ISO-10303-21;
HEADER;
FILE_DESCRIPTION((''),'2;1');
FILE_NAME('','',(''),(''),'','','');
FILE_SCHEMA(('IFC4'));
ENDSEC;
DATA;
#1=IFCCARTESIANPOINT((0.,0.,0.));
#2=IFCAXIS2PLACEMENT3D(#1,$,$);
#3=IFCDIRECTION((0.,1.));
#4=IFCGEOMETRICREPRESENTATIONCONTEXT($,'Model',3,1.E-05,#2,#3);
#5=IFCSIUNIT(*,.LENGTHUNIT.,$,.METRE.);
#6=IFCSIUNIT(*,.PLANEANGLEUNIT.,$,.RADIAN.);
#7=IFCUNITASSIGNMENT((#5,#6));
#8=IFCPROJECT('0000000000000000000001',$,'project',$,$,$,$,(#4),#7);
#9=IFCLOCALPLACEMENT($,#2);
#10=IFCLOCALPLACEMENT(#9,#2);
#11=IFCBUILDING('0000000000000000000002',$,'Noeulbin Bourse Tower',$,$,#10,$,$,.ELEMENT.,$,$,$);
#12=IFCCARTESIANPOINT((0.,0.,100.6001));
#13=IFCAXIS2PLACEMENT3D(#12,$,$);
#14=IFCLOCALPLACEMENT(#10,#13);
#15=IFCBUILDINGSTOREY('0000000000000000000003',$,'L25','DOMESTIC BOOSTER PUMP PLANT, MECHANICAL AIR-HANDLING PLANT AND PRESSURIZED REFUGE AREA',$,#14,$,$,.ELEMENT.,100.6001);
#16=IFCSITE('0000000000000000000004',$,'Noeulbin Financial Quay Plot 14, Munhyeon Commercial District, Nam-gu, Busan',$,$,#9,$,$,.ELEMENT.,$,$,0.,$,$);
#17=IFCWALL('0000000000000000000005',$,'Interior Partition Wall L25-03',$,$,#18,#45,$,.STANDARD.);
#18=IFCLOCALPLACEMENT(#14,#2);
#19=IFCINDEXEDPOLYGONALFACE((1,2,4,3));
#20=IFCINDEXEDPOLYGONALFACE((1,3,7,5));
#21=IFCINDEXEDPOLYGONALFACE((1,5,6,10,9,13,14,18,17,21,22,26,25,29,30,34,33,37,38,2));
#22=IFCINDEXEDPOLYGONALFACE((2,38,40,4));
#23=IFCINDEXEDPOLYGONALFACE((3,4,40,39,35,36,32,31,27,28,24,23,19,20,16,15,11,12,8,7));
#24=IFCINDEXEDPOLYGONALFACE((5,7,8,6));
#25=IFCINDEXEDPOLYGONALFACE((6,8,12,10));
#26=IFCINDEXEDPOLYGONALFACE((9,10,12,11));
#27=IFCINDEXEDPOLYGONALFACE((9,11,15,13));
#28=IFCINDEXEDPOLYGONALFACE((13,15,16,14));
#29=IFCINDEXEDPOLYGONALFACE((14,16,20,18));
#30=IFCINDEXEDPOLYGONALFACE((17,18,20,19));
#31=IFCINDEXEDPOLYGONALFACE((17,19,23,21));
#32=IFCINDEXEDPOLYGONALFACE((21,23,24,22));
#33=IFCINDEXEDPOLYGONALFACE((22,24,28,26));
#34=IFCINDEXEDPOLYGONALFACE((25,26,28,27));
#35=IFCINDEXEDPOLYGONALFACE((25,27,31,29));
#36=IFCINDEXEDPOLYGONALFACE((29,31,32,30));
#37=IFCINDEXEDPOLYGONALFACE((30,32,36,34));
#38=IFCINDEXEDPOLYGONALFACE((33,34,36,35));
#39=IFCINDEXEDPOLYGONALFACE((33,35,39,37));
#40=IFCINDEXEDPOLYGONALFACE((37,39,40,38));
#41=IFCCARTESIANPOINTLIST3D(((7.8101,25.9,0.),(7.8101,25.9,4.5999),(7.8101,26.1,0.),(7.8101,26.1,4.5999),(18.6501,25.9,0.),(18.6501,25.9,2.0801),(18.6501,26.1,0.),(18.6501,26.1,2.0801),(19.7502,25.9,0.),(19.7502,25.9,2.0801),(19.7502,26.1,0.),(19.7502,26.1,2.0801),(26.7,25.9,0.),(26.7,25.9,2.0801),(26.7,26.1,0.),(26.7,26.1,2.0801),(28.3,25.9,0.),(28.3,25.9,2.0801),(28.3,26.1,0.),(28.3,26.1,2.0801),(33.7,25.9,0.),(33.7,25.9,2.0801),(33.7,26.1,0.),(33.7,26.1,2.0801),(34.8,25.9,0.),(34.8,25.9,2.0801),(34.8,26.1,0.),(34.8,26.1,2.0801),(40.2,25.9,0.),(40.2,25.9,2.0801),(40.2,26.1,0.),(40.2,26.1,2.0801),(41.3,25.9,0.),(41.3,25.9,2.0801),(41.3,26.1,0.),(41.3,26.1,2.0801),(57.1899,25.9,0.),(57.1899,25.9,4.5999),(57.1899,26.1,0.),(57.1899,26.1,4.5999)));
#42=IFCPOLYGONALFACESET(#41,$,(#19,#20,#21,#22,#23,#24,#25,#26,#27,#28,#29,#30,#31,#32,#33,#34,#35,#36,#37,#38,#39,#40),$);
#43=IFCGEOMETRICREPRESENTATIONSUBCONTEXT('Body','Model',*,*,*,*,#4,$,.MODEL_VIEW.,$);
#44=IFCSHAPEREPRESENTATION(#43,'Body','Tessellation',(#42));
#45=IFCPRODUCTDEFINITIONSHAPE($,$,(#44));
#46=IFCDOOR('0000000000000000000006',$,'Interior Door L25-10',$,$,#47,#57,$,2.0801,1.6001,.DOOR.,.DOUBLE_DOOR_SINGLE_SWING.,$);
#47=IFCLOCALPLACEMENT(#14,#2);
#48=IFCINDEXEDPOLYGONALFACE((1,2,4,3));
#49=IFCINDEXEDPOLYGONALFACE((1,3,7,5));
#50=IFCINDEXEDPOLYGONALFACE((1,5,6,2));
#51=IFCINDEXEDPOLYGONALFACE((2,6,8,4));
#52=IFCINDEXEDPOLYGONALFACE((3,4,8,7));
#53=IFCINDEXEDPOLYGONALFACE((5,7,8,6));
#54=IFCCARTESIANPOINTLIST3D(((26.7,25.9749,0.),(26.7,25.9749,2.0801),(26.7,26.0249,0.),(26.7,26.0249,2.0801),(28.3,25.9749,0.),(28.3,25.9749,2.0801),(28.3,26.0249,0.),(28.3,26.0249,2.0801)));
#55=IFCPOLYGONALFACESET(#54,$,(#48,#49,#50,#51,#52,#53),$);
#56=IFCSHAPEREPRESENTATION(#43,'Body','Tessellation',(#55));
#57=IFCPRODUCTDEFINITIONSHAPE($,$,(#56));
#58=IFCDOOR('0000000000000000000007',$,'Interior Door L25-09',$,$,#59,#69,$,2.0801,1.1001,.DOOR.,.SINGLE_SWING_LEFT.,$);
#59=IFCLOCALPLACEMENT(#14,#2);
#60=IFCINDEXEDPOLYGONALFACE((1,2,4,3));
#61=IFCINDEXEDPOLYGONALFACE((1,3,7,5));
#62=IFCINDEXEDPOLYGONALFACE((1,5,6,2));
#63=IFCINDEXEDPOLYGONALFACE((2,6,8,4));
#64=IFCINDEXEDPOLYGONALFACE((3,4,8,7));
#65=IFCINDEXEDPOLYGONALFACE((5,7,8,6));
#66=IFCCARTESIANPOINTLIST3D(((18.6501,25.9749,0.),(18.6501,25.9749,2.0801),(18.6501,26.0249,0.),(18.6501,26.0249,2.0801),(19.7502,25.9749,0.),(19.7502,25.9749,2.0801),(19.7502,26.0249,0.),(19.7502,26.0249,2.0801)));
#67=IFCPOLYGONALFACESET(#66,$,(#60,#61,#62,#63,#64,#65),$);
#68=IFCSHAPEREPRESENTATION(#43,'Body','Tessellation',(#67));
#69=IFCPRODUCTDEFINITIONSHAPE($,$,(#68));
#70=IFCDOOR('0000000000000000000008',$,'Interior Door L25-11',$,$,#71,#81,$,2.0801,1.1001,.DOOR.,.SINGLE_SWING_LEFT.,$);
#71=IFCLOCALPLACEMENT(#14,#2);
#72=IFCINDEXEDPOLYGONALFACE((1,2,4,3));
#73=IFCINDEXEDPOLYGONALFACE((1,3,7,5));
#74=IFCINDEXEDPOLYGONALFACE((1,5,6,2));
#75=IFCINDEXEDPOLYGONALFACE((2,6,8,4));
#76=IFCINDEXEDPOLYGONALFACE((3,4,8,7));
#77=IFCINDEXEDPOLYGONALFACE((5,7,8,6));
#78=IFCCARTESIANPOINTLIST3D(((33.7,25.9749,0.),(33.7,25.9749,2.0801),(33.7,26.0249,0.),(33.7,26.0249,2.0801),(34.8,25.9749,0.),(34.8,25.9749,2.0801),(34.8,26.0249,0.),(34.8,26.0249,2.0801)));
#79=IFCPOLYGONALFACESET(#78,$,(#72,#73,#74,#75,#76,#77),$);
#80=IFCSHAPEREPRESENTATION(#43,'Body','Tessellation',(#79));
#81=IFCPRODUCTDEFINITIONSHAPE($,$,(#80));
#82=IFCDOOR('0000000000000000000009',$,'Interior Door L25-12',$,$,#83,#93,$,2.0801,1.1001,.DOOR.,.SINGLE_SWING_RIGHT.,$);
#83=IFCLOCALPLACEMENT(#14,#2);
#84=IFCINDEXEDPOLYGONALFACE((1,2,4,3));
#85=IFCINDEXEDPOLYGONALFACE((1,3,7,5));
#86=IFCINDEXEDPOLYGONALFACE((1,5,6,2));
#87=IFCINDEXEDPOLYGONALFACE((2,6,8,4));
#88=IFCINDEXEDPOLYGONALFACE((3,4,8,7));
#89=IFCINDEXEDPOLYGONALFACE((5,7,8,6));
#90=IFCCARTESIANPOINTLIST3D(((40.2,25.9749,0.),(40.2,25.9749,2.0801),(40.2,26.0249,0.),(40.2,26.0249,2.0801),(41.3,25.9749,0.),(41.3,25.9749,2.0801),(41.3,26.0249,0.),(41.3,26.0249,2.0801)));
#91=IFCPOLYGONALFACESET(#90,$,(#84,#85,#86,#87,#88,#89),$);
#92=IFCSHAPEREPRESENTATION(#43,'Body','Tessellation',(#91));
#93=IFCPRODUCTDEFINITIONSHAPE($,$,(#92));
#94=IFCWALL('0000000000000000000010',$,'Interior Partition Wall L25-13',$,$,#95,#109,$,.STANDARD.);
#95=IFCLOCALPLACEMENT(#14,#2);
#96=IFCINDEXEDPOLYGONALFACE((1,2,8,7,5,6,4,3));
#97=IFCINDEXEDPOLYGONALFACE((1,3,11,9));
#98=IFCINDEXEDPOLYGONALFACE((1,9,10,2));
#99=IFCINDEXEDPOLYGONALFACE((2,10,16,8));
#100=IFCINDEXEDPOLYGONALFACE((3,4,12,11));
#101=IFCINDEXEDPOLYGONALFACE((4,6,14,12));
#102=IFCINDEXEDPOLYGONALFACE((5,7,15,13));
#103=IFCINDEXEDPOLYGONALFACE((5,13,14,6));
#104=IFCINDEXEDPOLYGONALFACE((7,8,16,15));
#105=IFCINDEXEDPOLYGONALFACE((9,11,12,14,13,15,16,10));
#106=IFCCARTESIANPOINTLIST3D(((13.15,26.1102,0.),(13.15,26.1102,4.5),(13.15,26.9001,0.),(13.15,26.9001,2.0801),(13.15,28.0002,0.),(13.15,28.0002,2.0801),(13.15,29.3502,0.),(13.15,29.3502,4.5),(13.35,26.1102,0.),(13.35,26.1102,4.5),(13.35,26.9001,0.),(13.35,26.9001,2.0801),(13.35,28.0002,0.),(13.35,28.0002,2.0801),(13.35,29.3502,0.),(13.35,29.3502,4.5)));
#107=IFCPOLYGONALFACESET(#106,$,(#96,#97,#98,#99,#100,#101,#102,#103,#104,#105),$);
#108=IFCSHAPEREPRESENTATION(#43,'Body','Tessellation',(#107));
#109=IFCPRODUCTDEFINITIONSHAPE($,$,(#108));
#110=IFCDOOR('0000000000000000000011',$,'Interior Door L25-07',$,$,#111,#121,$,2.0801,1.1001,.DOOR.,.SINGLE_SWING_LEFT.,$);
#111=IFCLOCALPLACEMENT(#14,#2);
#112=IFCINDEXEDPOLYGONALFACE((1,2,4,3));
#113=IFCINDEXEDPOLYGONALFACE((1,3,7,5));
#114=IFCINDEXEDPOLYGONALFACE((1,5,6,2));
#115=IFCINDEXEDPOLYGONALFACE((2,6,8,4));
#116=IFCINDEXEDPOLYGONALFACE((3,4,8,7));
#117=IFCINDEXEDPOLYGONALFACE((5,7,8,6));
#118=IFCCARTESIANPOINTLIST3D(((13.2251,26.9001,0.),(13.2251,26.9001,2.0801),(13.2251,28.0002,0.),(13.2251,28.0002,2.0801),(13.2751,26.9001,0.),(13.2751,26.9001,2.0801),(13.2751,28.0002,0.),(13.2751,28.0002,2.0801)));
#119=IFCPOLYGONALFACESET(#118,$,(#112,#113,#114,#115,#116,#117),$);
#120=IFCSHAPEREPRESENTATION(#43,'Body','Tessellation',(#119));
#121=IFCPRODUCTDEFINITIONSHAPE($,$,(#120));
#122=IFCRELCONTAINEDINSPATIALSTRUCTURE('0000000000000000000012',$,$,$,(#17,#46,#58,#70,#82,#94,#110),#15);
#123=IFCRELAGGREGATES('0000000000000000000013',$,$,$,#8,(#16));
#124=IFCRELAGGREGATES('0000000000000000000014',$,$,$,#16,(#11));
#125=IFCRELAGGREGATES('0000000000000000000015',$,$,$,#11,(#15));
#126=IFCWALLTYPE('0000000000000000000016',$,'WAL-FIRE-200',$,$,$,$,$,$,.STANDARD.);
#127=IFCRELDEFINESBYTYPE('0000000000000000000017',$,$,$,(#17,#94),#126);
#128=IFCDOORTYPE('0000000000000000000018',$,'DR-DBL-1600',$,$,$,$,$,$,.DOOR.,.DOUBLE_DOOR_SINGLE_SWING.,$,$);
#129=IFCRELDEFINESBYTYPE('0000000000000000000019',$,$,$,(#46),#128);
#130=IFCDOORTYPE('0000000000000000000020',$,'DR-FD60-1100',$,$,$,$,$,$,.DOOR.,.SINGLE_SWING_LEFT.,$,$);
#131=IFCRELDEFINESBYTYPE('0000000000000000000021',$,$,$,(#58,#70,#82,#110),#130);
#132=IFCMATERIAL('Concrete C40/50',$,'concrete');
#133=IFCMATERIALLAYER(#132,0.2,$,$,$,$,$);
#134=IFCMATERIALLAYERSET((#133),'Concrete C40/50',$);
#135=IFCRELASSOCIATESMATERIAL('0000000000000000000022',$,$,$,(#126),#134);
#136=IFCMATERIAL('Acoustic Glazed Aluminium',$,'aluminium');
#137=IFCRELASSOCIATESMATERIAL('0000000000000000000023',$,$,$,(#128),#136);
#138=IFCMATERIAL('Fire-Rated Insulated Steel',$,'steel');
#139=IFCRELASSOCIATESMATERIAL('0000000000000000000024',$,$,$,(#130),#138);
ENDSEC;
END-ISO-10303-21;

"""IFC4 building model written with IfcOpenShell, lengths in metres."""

from ifc_helpers import new_model, si_unit, direction, frame, frame_2d, origin, place, context, subcontext, project, spatial, rectangle, extrude, material, layer, layer_set, type_object, element, fill, save


model = new_model("IFC4")

# Units and contexts
model_context = context("Model", 3, precision=1e-05, world=origin(), true_north=direction((0.0, 1.0)))
body_context = subcontext(model_context, "Body", "Model", "MODEL_VIEW")
ifc_project = project(units=[si_unit("LENGTHUNIT", "METRE"), si_unit("PLANEANGLEUNIT", "RADIAN")], contexts=[model_context])

# Site, building, storey
site_placement = place(None, origin())
site = spatial("IfcSite", under=ifc_project, at=site_placement, Name="Noeulbin Financial Quay Plot 14, Munhyeon Commercial District, Nam-gu, Busan", CompositionType="ELEMENT", RefElevation=0.0)
building_placement = place(site_placement, origin())
building = spatial("IfcBuilding", under=site, at=building_placement, Name="Noeulbin Bourse Tower", CompositionType="ELEMENT")
storey_placement = place(building_placement, frame((0.0, 0.0, 100.6001)))
storey = spatial("IfcBuildingStorey", under=building, at=storey_placement, Name="L25", Description="DOMESTIC BOOSTER PUMP PLANT, MECHANICAL AIR-HANDLING PLANT AND PRESSURIZED REFUGE AREA", CompositionType="ELEMENT", Elevation=100.6001)

# Wall, openings, doors
ifc_material_1 = material(Name="Concrete C40/50", Category="concrete")
ifc_layer_1 = layer(ifc_material_1, 0.2)
ifc_layer_set_1 = layer_set([ifc_layer_1], Name="Concrete C40/50")
wall_type = type_object("IfcWallType", Name="WAL-FIRE-200", PredefinedType="STANDARD", material=ifc_layer_set_1)
wall_1_placement = place(storey_placement, frame((7.8101, 26.0, 0.0), z_axis=(0.0, 0.0, 1.0), x_axis=(1.0, 0.0, 0.0)))
wall_1 = element("IfcWall", 1, at=wall_1_placement, inside=storey, type_object=wall_type, Name="Interior Partition Wall L25-03", PredefinedType="STANDARD", context=body_context, shape_type="SweptSolid", body=[
    extrude(rectangle(XDim=49.3799, YDim=0.2, at=frame_2d((24.6899, 0.0))), origin(), (0.0, 0.0, 1.0), 4.5999),
])
opening_1_placement = place(wall_1_placement, frame((10.8401, 0.0, 0.0)))
opening_1 = element("IfcOpeningElement", 2, at=opening_1_placement, cuts=wall_1, PredefinedType="OPENING", context=body_context, shape_type="SweptSolid", body=[
    extrude(rectangle(XDim=1.1001, YDim=2.0801, at=frame_2d((0.55, 1.04))), frame((0.0, 0.1099, 0.0), z_axis=(0.0, -1.0, 0.0), x_axis=(1.0, 0.0, 0.0)), (0.0, 0.0, 1.0), 0.22),
])
opening_2_placement = place(wall_1_placement, frame((18.8899, 0.0, 0.0)))
opening_2 = element("IfcOpeningElement", 3, at=opening_2_placement, cuts=wall_1, PredefinedType="OPENING", context=body_context, shape_type="SweptSolid", body=[
    extrude(rectangle(XDim=1.6001, YDim=2.0801, at=frame_2d((0.8, 1.04))), frame((0.0, 0.1099, 0.0), z_axis=(0.0, -1.0, 0.0), x_axis=(1.0, 0.0, 0.0)), (0.0, 0.0, 1.0), 0.22),
])
opening_3_placement = place(wall_1_placement, frame((25.8899, 0.0, 0.0)))
opening_3 = element("IfcOpeningElement", 4, at=opening_3_placement, cuts=wall_1, PredefinedType="OPENING", context=body_context, shape_type="SweptSolid", body=[
    extrude(rectangle(XDim=1.1001, YDim=2.0801, at=frame_2d((0.55, 1.04))), frame((0.0, 0.1099, 0.0), z_axis=(0.0, -1.0, 0.0), x_axis=(1.0, 0.0, 0.0)), (0.0, 0.0, 1.0), 0.22),
])
opening_4_placement = place(wall_1_placement, frame((32.3899, 0.0, 0.0)))
opening_4 = element("IfcOpeningElement", 5, at=opening_4_placement, cuts=wall_1, PredefinedType="OPENING", context=body_context, shape_type="SweptSolid", body=[
    extrude(rectangle(XDim=1.1001, YDim=2.0801, at=frame_2d((0.55, 1.04))), frame((0.0, 0.1099, 0.0), z_axis=(0.0, -1.0, 0.0), x_axis=(1.0, 0.0, 0.0)), (0.0, 0.0, 1.0), 0.22),
])
ifc_material_2 = material(Name="Acoustic Glazed Aluminium", Category="aluminium")
door_type_1 = type_object("IfcDoorType", Name="DR-DBL-1600", OperationType="DOUBLE_DOOR_SINGLE_SWING", PredefinedType="DOOR", material=ifc_material_2)
door_1_placement = place(opening_2_placement, origin())
door_1 = element("IfcDoor", 6, at=door_1_placement, inside=storey, type_object=door_type_1, Name="Interior Door L25-10", OperationType="DOUBLE_DOOR_SINGLE_SWING", OverallHeight=2.0801, OverallWidth=1.6001, PredefinedType="DOOR", context=body_context, shape_type="SweptSolid", body=[
    extrude(rectangle(XDim=1.6001, YDim=2.0801, at=frame_2d((0.8, 1.04))), frame((0.0, 0.0249, 0.0), z_axis=(0.0, -1.0, 0.0), x_axis=(1.0, 0.0, 0.0)), (0.0, 0.0, 1.0), 0.05),
])
fill(opening_2, door_1)
ifc_material_3 = material(Name="Fire-Rated Insulated Steel", Category="steel")
door_type_2 = type_object("IfcDoorType", Name="DR-FD60-1100", OperationType="SINGLE_SWING_LEFT", PredefinedType="DOOR", material=ifc_material_3)
door_2_placement = place(opening_1_placement, origin())
door_2 = element("IfcDoor", 7, at=door_2_placement, inside=storey, type_object=door_type_2, Name="Interior Door L25-09", OperationType="SINGLE_SWING_LEFT", OverallHeight=2.0801, OverallWidth=1.1001, PredefinedType="DOOR", context=body_context, shape_type="SweptSolid", body=[
    extrude(rectangle(XDim=1.1001, YDim=2.0801, at=frame_2d((0.55, 1.04))), frame((0.0, 0.0249, 0.0), z_axis=(0.0, -1.0, 0.0), x_axis=(1.0, 0.0, 0.0)), (0.0, 0.0, 1.0), 0.05),
])
fill(opening_1, door_2)
door_3_placement = place(opening_3_placement, origin())
door_3 = element("IfcDoor", 8, at=door_3_placement, inside=storey, type_object=door_type_2, Name="Interior Door L25-11", OperationType="SINGLE_SWING_LEFT", OverallHeight=2.0801, OverallWidth=1.1001, PredefinedType="DOOR", context=body_context, shape_type="SweptSolid", body=[
    extrude(rectangle(XDim=1.1001, YDim=2.0801, at=frame_2d((0.55, 1.04))), frame((0.0, 0.0249, 0.0), z_axis=(0.0, -1.0, 0.0), x_axis=(1.0, 0.0, 0.0)), (0.0, 0.0, 1.0), 0.05),
])
fill(opening_3, door_3)
door_4_placement = place(opening_4_placement, origin())
door_4 = element("IfcDoor", 9, at=door_4_placement, inside=storey, type_object=door_type_2, Name="Interior Door L25-12", OperationType="SINGLE_SWING_RIGHT", OverallHeight=2.0801, OverallWidth=1.1001, PredefinedType="DOOR", context=body_context, shape_type="SweptSolid", body=[
    extrude(rectangle(XDim=1.1001, YDim=2.0801, at=frame_2d((0.55, 1.04))), frame((0.0, 0.0249, 0.0), z_axis=(0.0, -1.0, 0.0), x_axis=(1.0, 0.0, 0.0)), (0.0, 0.0, 1.0), 0.05),
])
fill(opening_4, door_4)

# Wall, opening, door
wall_2_placement = place(storey_placement, frame((13.25, 26.1101, 0.0), z_axis=(0.0, 0.0, 1.0), x_axis=(0.0, 1.0, 0.0)))
wall_2 = element("IfcWall", 10, at=wall_2_placement, inside=storey, type_object=wall_type, Name="Interior Partition Wall L25-13", PredefinedType="STANDARD", context=body_context, shape_type="SweptSolid", body=[
    extrude(rectangle(XDim=3.24, YDim=0.2, at=frame_2d((1.6201, 0.0))), origin(), (0.0, 0.0, 1.0), 4.5),
])
opening_5_placement = place(wall_2_placement, frame((0.79, 0.0, 0.0)))
opening_5 = element("IfcOpeningElement", 11, at=opening_5_placement, cuts=wall_2, PredefinedType="OPENING", context=body_context, shape_type="SweptSolid", body=[
    extrude(rectangle(XDim=1.1001, YDim=2.0801, at=frame_2d((0.55, 1.04))), frame((0.0, 0.1099, 0.0), z_axis=(0.0, -1.0, 0.0), x_axis=(1.0, 0.0, 0.0)), (0.0, 0.0, 1.0), 0.22),
])
door_5_placement = place(opening_5_placement, origin())
door_5 = element("IfcDoor", 12, at=door_5_placement, inside=storey, type_object=door_type_2, Name="Interior Door L25-07", OperationType="SINGLE_SWING_LEFT", OverallHeight=2.0801, OverallWidth=1.1001, PredefinedType="DOOR", context=body_context, shape_type="SweptSolid", body=[
    extrude(rectangle(XDim=1.1001, YDim=2.0801, at=frame_2d((0.55, 1.04))), frame((0.0, 0.0249, 0.0), z_axis=(0.0, -1.0, 0.0), x_axis=(1.0, 0.0, 0.0)), (0.0, 0.0, 1.0), 0.05),
])
fill(opening_5, door_5)

save(model, "model.ifc")
